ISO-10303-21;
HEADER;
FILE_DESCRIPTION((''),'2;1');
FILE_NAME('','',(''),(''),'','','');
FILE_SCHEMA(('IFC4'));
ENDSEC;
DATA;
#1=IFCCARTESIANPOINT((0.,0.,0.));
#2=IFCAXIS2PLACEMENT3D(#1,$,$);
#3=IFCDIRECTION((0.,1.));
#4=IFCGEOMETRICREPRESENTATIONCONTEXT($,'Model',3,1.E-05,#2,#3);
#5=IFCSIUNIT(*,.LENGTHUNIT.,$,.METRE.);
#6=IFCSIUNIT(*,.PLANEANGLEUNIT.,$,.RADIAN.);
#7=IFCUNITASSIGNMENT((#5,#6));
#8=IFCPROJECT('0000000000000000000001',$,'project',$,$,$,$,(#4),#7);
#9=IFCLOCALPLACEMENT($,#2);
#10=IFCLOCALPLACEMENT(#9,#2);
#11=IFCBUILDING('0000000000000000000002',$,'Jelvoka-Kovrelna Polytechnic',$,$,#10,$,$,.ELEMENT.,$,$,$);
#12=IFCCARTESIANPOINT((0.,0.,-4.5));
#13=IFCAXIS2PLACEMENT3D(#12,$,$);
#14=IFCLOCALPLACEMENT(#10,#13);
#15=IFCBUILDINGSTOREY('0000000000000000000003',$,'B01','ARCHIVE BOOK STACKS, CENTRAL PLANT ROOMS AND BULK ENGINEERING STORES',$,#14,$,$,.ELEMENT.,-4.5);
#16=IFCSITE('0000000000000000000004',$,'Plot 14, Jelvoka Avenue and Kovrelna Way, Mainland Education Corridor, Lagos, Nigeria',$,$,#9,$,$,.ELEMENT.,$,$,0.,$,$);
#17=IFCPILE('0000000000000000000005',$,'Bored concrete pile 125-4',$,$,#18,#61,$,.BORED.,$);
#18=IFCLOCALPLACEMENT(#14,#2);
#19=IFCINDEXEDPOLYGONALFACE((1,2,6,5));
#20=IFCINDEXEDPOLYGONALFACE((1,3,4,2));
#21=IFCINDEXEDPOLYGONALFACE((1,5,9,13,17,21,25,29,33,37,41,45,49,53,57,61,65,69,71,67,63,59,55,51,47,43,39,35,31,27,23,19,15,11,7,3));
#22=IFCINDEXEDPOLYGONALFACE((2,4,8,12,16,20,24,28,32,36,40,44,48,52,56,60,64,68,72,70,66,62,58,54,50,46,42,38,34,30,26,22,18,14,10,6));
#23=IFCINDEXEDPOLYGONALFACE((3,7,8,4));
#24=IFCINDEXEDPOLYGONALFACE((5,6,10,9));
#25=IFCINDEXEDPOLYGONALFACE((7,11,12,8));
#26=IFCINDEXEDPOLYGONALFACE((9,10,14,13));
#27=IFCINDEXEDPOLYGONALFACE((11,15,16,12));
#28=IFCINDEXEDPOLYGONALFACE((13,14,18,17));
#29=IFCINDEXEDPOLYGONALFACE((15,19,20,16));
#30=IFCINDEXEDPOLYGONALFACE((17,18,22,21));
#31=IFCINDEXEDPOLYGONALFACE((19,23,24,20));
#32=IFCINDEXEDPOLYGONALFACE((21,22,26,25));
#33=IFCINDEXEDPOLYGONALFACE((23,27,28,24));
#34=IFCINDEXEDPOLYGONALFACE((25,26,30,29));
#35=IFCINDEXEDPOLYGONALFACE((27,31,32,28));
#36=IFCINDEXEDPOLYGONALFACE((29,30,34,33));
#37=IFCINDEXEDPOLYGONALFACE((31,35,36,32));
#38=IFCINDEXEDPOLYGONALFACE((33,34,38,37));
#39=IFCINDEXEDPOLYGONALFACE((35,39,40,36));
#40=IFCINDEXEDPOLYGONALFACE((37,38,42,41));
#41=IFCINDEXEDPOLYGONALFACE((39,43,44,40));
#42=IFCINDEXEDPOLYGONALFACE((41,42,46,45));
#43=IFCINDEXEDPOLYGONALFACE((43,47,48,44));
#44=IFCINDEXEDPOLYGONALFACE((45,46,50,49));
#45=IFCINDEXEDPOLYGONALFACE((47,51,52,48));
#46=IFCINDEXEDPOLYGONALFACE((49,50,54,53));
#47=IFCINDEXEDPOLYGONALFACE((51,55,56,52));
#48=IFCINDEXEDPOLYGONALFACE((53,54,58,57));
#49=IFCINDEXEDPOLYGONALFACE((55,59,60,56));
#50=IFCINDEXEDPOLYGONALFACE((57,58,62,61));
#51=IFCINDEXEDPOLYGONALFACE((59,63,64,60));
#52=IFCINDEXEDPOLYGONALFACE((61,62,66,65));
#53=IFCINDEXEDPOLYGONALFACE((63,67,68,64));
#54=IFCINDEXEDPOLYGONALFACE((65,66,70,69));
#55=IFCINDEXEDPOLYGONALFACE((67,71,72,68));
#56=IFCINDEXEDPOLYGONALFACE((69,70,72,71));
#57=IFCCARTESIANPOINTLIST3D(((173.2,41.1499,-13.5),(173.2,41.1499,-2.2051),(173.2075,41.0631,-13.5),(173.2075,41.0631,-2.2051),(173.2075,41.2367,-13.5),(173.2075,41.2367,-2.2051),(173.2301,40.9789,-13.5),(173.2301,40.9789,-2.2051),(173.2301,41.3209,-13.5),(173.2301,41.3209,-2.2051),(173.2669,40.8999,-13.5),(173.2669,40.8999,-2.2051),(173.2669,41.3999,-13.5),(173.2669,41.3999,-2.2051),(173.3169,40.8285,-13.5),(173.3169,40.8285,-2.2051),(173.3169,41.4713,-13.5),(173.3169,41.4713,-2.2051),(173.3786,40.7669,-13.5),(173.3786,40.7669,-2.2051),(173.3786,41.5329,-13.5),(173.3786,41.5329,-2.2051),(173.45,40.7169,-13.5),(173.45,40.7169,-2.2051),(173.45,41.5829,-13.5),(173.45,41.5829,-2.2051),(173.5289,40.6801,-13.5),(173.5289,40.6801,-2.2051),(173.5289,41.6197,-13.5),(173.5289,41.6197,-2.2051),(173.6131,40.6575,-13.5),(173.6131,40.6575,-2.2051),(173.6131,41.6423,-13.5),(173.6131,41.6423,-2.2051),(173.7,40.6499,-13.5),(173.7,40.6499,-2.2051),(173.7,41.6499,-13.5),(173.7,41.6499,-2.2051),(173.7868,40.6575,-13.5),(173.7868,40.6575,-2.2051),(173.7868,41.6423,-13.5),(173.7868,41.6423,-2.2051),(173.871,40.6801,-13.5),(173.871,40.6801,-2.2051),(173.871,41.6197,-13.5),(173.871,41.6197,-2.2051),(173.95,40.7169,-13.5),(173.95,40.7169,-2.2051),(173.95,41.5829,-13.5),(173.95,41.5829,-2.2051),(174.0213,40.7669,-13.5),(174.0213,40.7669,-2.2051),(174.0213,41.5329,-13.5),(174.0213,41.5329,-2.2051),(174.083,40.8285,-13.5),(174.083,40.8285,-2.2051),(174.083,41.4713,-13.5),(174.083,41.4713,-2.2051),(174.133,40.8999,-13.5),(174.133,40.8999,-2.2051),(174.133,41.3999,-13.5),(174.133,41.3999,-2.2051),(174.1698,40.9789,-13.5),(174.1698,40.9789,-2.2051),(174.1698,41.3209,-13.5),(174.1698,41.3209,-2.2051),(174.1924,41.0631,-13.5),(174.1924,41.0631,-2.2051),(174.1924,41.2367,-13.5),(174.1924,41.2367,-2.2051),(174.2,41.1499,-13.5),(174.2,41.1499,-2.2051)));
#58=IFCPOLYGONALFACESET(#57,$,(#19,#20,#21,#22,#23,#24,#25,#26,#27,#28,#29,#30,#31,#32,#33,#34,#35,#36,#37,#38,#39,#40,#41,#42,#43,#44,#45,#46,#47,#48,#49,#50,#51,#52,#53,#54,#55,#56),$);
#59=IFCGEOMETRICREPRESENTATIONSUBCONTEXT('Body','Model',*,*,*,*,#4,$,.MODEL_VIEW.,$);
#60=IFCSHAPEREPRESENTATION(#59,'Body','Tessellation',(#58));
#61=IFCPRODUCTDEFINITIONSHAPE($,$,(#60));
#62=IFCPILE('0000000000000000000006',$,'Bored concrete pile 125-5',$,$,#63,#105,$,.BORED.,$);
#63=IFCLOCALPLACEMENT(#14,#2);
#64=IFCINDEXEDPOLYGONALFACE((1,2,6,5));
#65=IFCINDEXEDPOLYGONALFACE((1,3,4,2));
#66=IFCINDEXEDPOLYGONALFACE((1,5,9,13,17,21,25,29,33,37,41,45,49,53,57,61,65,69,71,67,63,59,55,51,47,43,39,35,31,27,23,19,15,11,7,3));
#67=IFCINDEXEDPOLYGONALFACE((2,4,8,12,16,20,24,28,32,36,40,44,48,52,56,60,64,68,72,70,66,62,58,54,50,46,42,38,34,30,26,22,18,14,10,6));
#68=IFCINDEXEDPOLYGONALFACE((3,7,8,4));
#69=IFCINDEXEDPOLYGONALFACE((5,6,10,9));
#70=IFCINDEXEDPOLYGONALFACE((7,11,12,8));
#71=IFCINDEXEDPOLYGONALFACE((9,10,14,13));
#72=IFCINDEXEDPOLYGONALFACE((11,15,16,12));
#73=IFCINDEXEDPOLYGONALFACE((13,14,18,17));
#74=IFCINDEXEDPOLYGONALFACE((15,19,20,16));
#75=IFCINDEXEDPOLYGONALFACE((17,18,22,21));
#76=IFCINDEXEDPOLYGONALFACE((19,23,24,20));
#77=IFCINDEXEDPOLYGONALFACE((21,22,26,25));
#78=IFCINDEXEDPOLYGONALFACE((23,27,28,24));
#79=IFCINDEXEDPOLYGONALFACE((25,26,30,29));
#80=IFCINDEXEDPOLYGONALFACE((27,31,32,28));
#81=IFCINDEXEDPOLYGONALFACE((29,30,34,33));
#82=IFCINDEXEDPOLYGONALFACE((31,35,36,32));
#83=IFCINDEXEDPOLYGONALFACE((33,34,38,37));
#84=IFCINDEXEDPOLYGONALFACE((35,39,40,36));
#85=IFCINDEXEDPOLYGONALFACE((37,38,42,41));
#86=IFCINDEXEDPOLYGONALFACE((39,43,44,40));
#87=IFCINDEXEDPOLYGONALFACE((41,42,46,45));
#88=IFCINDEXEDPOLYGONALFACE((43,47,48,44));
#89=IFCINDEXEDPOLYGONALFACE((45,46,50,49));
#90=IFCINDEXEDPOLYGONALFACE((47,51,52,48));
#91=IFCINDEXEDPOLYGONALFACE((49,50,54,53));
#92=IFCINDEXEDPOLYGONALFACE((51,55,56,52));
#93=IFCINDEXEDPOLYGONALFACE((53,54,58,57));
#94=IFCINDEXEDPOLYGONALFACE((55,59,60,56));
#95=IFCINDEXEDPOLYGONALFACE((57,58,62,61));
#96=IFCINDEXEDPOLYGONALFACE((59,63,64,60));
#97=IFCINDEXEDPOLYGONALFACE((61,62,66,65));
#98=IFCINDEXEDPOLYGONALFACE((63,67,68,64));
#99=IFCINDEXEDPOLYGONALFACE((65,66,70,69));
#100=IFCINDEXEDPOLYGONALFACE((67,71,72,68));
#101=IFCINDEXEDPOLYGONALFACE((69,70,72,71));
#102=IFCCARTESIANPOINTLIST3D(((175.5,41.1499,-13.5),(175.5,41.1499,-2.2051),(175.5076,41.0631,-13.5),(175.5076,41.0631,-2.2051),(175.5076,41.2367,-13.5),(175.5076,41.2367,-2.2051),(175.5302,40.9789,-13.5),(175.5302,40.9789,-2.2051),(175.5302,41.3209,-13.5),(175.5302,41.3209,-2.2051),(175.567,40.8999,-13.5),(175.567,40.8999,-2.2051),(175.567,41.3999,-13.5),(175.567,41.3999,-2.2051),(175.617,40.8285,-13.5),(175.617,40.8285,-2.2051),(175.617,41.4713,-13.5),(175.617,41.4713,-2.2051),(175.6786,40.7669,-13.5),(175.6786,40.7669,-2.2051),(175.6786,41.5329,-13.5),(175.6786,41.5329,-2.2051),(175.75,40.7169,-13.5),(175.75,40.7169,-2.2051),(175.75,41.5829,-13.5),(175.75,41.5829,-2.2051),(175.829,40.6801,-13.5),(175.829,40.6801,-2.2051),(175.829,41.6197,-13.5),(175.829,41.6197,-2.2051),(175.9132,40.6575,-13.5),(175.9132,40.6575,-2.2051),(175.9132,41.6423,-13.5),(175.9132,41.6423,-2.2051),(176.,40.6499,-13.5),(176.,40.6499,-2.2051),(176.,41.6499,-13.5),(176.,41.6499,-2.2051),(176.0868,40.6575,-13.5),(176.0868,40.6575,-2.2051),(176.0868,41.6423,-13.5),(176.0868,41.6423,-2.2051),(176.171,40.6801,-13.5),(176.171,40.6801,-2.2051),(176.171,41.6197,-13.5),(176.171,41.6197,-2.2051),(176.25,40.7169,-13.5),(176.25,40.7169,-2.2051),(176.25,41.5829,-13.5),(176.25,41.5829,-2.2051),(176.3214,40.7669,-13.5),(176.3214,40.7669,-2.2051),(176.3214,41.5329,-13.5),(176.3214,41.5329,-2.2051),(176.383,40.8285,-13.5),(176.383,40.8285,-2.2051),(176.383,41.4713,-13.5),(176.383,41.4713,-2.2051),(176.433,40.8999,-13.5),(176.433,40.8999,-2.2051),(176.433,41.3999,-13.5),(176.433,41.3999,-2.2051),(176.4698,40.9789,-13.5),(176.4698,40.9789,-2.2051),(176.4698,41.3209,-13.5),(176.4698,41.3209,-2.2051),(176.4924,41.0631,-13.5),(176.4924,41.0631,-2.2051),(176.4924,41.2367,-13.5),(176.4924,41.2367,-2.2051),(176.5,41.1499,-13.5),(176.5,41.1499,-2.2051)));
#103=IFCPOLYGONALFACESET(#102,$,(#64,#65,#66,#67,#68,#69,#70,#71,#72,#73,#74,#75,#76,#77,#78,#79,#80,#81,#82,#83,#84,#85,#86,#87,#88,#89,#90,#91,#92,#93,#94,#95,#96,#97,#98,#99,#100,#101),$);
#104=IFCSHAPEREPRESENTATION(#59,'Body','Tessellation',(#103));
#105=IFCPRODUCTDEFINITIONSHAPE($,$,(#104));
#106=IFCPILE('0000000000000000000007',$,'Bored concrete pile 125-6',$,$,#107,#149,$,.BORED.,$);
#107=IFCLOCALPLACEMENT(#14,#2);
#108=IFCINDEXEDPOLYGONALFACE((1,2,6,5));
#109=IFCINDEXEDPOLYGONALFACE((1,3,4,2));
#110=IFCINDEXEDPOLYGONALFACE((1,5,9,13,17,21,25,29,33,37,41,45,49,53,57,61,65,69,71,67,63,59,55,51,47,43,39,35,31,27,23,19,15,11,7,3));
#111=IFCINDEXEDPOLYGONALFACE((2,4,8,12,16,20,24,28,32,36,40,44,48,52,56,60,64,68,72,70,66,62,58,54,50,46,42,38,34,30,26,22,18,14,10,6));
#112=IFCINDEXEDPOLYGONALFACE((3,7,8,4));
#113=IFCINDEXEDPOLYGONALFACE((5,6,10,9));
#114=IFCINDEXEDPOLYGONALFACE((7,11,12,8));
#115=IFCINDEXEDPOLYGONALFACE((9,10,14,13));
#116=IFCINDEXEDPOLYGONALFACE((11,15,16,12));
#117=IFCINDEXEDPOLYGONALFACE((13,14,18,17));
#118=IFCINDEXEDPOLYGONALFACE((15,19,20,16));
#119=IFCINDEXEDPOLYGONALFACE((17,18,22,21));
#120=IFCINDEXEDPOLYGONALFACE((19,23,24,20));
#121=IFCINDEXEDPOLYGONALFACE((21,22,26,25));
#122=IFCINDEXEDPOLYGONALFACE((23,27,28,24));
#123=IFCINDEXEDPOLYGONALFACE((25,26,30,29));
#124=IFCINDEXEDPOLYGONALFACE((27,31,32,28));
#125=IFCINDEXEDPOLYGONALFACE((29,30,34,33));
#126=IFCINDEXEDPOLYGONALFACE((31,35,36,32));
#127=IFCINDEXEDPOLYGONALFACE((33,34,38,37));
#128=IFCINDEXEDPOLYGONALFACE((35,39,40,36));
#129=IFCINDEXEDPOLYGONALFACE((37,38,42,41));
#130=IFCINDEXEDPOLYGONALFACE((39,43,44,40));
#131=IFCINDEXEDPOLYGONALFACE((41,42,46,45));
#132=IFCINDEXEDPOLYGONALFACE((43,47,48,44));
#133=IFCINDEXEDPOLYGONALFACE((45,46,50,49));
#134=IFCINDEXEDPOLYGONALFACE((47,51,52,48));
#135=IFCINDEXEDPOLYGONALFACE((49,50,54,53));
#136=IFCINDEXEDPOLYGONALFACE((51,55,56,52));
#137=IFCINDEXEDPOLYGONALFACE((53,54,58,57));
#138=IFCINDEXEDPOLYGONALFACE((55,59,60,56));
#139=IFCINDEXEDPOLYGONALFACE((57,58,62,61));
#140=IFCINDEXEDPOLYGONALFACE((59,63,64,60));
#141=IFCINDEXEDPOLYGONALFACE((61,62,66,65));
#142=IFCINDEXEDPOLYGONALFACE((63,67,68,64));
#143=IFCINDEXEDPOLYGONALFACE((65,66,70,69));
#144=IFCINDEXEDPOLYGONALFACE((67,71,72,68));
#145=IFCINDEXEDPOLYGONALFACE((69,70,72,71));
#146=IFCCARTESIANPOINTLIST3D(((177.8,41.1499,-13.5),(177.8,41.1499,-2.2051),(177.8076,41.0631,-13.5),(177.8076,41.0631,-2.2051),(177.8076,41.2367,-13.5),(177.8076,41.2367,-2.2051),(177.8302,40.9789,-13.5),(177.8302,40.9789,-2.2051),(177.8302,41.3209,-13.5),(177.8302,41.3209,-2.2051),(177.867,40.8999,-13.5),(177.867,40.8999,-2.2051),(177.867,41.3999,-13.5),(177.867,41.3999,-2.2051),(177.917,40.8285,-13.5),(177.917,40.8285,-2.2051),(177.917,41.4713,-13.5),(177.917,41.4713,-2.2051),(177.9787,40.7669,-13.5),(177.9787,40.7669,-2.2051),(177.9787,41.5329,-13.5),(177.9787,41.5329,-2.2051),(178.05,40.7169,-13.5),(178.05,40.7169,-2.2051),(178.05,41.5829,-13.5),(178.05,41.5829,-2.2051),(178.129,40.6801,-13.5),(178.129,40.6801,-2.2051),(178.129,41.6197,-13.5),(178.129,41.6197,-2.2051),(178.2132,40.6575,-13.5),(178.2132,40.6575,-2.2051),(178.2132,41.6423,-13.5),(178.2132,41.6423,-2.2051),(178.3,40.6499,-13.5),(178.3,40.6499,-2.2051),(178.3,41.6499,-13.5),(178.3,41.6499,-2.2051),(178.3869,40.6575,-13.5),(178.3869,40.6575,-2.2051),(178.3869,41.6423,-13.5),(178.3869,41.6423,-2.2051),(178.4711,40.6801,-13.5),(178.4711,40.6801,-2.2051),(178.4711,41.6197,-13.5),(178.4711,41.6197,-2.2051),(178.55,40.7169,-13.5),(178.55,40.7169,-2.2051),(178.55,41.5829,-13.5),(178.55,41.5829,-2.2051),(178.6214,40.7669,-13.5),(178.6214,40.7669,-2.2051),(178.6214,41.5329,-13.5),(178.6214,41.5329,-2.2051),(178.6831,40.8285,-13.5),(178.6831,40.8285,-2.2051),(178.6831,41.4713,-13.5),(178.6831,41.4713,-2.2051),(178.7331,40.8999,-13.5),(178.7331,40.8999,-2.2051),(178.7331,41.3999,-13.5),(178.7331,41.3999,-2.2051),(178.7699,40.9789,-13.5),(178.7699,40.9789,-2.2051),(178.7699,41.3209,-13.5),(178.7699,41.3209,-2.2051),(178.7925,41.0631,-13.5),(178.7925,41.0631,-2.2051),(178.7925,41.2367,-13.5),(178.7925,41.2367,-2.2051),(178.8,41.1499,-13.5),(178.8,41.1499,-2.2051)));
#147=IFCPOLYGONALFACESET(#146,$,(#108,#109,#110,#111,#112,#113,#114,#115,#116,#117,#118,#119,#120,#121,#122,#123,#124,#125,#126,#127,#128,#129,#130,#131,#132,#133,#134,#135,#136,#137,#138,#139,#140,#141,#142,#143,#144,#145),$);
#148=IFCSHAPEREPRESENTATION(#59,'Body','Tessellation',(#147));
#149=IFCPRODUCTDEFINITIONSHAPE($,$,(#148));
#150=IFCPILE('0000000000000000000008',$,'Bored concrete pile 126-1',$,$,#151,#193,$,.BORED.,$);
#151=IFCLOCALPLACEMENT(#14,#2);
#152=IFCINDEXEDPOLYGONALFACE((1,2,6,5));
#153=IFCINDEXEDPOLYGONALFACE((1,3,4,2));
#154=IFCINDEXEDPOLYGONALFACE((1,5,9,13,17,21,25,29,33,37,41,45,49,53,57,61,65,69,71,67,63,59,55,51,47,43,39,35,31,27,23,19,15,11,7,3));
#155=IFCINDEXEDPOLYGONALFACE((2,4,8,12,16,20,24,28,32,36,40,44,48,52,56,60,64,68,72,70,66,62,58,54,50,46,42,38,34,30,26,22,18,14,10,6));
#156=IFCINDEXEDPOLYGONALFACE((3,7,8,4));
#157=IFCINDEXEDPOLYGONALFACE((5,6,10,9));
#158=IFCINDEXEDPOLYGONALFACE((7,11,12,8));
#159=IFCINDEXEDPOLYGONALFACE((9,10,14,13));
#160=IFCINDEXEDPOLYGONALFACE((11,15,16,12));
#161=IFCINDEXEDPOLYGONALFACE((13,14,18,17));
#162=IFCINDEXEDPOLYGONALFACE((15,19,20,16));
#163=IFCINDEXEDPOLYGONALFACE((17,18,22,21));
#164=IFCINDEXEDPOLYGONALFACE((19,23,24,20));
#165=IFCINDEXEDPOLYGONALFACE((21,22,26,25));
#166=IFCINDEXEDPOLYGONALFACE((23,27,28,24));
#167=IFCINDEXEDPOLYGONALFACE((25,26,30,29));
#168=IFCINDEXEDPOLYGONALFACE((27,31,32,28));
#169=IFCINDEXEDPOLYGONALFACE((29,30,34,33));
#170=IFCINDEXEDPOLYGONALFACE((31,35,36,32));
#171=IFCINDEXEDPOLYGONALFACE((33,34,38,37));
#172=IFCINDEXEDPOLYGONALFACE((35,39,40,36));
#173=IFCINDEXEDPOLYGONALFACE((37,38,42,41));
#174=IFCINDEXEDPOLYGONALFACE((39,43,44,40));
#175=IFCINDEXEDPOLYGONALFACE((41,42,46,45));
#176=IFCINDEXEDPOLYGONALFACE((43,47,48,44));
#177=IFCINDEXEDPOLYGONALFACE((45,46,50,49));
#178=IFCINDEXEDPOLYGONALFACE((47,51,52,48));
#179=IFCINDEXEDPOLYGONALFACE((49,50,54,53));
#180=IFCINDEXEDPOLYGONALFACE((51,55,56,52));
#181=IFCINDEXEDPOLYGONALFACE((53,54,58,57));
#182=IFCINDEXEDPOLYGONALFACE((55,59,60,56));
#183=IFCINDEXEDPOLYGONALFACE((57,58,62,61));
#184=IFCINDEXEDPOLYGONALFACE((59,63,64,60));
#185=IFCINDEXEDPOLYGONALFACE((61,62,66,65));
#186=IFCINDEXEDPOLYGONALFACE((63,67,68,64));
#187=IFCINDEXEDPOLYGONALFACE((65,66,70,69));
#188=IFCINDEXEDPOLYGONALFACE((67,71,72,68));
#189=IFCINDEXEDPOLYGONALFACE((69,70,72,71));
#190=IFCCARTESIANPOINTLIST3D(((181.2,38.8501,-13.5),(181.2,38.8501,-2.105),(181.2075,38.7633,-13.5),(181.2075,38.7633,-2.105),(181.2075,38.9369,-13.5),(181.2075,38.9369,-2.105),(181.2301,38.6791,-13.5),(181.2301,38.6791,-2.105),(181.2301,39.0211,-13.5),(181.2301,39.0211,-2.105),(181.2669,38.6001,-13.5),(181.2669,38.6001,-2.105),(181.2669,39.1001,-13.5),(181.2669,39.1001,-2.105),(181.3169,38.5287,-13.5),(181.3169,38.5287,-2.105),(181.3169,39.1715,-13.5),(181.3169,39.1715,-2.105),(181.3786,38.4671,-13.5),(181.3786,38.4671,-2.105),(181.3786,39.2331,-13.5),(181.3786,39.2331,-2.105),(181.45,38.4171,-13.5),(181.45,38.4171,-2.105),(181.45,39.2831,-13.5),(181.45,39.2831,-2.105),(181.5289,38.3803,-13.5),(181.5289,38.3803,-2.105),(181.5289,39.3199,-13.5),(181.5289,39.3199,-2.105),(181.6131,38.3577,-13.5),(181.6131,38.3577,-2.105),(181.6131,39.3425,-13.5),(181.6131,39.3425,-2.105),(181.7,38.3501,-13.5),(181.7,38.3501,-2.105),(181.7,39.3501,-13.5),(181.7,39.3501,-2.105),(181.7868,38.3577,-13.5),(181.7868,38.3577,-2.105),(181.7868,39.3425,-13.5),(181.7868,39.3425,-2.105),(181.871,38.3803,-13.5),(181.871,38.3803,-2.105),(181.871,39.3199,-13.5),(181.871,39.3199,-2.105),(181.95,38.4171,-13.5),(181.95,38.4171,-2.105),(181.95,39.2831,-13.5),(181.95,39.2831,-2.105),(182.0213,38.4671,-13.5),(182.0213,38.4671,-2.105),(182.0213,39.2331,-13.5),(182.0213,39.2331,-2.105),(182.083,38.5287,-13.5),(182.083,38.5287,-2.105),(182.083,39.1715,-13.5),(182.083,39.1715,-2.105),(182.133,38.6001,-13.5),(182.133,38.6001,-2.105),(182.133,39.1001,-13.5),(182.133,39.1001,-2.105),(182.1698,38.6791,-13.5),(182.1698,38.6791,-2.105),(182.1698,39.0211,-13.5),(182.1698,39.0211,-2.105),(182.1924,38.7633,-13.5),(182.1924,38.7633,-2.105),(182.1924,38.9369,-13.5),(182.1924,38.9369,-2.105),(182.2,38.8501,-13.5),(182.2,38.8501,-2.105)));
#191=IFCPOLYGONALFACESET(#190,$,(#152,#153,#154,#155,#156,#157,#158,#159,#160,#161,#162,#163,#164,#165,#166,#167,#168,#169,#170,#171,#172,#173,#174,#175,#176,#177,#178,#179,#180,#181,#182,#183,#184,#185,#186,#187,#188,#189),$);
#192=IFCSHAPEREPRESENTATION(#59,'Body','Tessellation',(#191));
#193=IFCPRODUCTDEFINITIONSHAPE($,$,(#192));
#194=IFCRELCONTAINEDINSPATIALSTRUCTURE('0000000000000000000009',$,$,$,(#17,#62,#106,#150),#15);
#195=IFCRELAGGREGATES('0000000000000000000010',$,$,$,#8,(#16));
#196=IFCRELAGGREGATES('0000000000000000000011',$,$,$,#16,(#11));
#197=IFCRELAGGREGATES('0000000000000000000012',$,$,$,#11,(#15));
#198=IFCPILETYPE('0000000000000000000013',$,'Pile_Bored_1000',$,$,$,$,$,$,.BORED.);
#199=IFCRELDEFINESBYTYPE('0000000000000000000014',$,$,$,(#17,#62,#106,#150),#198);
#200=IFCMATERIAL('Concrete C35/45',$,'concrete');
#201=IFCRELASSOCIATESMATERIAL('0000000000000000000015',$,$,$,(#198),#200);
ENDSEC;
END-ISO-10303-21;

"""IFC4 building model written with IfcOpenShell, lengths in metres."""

from ifc_helpers import new_model, si_unit, direction, frame, origin, origin_2d, place, context, subcontext, project, spatial, circle, extrude, material, material_profile, profile_set, type_object, element, save


model = new_model("IFC4")

# Units and contexts
model_context = context("Model", 3, precision=1e-05, world=origin(), true_north=direction((0.0, 1.0)))
body_context = subcontext(model_context, "Body", "Model", "MODEL_VIEW")
ifc_project = project(units=[si_unit("LENGTHUNIT", "METRE"), si_unit("PLANEANGLEUNIT", "RADIAN")], contexts=[model_context])

# Site, building, storey
site_placement = place(None, origin())
site = spatial("IfcSite", under=ifc_project, at=site_placement, Name="Plot 14, Jelvoka Avenue and Kovrelna Way, Mainland Education Corridor, Lagos, Nigeria", CompositionType="ELEMENT", RefElevation=0.0)
building_placement = place(site_placement, origin())
building = spatial("IfcBuilding", under=site, at=building_placement, Name="Jelvoka-Kovrelna Polytechnic", CompositionType="ELEMENT")
storey_placement = place(building_placement, frame((0.0, 0.0, -4.5)))
storey = spatial("IfcBuildingStorey", under=building, at=storey_placement, Name="B01", Description="ARCHIVE BOOK STACKS, CENTRAL PLANT ROOMS AND BULK ENGINEERING STORES", CompositionType="ELEMENT", Elevation=-4.5)

# Piles
ifc_material_1 = material(Name="Concrete C35/45", Category="concrete")
ifc_material_profile_1 = material_profile(ifc_material_1, circle(Radius=0.5, at=origin_2d()), Name="PILE D1000")
ifc_profile_set_1 = profile_set([ifc_material_profile_1], Name="Concrete C35/45")
pile_type = type_object("IfcPileType", Name="Pile_Bored_1000", PredefinedType="BORED", material=ifc_profile_set_1)
for number, where, z_axis, x_axis, name in (
    (1, (173.7, 41.1499, -2.2051), (0.0, 0.0, -1.0), (1.0, 0.0, 0.0), "Bored concrete pile 125-4"),
    (2, (176.0, 41.1499, -2.2051), (0.0, 0.0, -1.0), (1.0, 0.0, 0.0), "Bored concrete pile 125-5"),
    (3, (178.3, 41.1499, -2.2051), (0.0, 0.0, -1.0), (1.0, 0.0, 0.0), "Bored concrete pile 125-6"),
):
    element("IfcPile", number, at=place(storey_placement, frame(where, z_axis=z_axis, x_axis=x_axis)), inside=storey, type_object=pile_type, Name=name, PredefinedType="BORED", context=body_context, shape_type="SweptSolid", body=[
        extrude(circle(Radius=0.5, at=origin_2d()), origin(), (0.0, 0.0, 1.0), 11.2949),
    ])
pile_1_placement = place(storey_placement, frame((181.7, 38.8501, -2.105), z_axis=(0.0, 0.0, -1.0), x_axis=(1.0, 0.0, 0.0)))
element("IfcPile", 4, at=pile_1_placement, inside=storey, type_object=pile_type, Name="Bored concrete pile 126-1", PredefinedType="BORED", context=body_context, shape_type="SweptSolid", body=[
    extrude(circle(Radius=0.5, at=origin_2d()), origin(), (0.0, 0.0, 1.0), 11.395),
])

save(model, "model.ifc")
